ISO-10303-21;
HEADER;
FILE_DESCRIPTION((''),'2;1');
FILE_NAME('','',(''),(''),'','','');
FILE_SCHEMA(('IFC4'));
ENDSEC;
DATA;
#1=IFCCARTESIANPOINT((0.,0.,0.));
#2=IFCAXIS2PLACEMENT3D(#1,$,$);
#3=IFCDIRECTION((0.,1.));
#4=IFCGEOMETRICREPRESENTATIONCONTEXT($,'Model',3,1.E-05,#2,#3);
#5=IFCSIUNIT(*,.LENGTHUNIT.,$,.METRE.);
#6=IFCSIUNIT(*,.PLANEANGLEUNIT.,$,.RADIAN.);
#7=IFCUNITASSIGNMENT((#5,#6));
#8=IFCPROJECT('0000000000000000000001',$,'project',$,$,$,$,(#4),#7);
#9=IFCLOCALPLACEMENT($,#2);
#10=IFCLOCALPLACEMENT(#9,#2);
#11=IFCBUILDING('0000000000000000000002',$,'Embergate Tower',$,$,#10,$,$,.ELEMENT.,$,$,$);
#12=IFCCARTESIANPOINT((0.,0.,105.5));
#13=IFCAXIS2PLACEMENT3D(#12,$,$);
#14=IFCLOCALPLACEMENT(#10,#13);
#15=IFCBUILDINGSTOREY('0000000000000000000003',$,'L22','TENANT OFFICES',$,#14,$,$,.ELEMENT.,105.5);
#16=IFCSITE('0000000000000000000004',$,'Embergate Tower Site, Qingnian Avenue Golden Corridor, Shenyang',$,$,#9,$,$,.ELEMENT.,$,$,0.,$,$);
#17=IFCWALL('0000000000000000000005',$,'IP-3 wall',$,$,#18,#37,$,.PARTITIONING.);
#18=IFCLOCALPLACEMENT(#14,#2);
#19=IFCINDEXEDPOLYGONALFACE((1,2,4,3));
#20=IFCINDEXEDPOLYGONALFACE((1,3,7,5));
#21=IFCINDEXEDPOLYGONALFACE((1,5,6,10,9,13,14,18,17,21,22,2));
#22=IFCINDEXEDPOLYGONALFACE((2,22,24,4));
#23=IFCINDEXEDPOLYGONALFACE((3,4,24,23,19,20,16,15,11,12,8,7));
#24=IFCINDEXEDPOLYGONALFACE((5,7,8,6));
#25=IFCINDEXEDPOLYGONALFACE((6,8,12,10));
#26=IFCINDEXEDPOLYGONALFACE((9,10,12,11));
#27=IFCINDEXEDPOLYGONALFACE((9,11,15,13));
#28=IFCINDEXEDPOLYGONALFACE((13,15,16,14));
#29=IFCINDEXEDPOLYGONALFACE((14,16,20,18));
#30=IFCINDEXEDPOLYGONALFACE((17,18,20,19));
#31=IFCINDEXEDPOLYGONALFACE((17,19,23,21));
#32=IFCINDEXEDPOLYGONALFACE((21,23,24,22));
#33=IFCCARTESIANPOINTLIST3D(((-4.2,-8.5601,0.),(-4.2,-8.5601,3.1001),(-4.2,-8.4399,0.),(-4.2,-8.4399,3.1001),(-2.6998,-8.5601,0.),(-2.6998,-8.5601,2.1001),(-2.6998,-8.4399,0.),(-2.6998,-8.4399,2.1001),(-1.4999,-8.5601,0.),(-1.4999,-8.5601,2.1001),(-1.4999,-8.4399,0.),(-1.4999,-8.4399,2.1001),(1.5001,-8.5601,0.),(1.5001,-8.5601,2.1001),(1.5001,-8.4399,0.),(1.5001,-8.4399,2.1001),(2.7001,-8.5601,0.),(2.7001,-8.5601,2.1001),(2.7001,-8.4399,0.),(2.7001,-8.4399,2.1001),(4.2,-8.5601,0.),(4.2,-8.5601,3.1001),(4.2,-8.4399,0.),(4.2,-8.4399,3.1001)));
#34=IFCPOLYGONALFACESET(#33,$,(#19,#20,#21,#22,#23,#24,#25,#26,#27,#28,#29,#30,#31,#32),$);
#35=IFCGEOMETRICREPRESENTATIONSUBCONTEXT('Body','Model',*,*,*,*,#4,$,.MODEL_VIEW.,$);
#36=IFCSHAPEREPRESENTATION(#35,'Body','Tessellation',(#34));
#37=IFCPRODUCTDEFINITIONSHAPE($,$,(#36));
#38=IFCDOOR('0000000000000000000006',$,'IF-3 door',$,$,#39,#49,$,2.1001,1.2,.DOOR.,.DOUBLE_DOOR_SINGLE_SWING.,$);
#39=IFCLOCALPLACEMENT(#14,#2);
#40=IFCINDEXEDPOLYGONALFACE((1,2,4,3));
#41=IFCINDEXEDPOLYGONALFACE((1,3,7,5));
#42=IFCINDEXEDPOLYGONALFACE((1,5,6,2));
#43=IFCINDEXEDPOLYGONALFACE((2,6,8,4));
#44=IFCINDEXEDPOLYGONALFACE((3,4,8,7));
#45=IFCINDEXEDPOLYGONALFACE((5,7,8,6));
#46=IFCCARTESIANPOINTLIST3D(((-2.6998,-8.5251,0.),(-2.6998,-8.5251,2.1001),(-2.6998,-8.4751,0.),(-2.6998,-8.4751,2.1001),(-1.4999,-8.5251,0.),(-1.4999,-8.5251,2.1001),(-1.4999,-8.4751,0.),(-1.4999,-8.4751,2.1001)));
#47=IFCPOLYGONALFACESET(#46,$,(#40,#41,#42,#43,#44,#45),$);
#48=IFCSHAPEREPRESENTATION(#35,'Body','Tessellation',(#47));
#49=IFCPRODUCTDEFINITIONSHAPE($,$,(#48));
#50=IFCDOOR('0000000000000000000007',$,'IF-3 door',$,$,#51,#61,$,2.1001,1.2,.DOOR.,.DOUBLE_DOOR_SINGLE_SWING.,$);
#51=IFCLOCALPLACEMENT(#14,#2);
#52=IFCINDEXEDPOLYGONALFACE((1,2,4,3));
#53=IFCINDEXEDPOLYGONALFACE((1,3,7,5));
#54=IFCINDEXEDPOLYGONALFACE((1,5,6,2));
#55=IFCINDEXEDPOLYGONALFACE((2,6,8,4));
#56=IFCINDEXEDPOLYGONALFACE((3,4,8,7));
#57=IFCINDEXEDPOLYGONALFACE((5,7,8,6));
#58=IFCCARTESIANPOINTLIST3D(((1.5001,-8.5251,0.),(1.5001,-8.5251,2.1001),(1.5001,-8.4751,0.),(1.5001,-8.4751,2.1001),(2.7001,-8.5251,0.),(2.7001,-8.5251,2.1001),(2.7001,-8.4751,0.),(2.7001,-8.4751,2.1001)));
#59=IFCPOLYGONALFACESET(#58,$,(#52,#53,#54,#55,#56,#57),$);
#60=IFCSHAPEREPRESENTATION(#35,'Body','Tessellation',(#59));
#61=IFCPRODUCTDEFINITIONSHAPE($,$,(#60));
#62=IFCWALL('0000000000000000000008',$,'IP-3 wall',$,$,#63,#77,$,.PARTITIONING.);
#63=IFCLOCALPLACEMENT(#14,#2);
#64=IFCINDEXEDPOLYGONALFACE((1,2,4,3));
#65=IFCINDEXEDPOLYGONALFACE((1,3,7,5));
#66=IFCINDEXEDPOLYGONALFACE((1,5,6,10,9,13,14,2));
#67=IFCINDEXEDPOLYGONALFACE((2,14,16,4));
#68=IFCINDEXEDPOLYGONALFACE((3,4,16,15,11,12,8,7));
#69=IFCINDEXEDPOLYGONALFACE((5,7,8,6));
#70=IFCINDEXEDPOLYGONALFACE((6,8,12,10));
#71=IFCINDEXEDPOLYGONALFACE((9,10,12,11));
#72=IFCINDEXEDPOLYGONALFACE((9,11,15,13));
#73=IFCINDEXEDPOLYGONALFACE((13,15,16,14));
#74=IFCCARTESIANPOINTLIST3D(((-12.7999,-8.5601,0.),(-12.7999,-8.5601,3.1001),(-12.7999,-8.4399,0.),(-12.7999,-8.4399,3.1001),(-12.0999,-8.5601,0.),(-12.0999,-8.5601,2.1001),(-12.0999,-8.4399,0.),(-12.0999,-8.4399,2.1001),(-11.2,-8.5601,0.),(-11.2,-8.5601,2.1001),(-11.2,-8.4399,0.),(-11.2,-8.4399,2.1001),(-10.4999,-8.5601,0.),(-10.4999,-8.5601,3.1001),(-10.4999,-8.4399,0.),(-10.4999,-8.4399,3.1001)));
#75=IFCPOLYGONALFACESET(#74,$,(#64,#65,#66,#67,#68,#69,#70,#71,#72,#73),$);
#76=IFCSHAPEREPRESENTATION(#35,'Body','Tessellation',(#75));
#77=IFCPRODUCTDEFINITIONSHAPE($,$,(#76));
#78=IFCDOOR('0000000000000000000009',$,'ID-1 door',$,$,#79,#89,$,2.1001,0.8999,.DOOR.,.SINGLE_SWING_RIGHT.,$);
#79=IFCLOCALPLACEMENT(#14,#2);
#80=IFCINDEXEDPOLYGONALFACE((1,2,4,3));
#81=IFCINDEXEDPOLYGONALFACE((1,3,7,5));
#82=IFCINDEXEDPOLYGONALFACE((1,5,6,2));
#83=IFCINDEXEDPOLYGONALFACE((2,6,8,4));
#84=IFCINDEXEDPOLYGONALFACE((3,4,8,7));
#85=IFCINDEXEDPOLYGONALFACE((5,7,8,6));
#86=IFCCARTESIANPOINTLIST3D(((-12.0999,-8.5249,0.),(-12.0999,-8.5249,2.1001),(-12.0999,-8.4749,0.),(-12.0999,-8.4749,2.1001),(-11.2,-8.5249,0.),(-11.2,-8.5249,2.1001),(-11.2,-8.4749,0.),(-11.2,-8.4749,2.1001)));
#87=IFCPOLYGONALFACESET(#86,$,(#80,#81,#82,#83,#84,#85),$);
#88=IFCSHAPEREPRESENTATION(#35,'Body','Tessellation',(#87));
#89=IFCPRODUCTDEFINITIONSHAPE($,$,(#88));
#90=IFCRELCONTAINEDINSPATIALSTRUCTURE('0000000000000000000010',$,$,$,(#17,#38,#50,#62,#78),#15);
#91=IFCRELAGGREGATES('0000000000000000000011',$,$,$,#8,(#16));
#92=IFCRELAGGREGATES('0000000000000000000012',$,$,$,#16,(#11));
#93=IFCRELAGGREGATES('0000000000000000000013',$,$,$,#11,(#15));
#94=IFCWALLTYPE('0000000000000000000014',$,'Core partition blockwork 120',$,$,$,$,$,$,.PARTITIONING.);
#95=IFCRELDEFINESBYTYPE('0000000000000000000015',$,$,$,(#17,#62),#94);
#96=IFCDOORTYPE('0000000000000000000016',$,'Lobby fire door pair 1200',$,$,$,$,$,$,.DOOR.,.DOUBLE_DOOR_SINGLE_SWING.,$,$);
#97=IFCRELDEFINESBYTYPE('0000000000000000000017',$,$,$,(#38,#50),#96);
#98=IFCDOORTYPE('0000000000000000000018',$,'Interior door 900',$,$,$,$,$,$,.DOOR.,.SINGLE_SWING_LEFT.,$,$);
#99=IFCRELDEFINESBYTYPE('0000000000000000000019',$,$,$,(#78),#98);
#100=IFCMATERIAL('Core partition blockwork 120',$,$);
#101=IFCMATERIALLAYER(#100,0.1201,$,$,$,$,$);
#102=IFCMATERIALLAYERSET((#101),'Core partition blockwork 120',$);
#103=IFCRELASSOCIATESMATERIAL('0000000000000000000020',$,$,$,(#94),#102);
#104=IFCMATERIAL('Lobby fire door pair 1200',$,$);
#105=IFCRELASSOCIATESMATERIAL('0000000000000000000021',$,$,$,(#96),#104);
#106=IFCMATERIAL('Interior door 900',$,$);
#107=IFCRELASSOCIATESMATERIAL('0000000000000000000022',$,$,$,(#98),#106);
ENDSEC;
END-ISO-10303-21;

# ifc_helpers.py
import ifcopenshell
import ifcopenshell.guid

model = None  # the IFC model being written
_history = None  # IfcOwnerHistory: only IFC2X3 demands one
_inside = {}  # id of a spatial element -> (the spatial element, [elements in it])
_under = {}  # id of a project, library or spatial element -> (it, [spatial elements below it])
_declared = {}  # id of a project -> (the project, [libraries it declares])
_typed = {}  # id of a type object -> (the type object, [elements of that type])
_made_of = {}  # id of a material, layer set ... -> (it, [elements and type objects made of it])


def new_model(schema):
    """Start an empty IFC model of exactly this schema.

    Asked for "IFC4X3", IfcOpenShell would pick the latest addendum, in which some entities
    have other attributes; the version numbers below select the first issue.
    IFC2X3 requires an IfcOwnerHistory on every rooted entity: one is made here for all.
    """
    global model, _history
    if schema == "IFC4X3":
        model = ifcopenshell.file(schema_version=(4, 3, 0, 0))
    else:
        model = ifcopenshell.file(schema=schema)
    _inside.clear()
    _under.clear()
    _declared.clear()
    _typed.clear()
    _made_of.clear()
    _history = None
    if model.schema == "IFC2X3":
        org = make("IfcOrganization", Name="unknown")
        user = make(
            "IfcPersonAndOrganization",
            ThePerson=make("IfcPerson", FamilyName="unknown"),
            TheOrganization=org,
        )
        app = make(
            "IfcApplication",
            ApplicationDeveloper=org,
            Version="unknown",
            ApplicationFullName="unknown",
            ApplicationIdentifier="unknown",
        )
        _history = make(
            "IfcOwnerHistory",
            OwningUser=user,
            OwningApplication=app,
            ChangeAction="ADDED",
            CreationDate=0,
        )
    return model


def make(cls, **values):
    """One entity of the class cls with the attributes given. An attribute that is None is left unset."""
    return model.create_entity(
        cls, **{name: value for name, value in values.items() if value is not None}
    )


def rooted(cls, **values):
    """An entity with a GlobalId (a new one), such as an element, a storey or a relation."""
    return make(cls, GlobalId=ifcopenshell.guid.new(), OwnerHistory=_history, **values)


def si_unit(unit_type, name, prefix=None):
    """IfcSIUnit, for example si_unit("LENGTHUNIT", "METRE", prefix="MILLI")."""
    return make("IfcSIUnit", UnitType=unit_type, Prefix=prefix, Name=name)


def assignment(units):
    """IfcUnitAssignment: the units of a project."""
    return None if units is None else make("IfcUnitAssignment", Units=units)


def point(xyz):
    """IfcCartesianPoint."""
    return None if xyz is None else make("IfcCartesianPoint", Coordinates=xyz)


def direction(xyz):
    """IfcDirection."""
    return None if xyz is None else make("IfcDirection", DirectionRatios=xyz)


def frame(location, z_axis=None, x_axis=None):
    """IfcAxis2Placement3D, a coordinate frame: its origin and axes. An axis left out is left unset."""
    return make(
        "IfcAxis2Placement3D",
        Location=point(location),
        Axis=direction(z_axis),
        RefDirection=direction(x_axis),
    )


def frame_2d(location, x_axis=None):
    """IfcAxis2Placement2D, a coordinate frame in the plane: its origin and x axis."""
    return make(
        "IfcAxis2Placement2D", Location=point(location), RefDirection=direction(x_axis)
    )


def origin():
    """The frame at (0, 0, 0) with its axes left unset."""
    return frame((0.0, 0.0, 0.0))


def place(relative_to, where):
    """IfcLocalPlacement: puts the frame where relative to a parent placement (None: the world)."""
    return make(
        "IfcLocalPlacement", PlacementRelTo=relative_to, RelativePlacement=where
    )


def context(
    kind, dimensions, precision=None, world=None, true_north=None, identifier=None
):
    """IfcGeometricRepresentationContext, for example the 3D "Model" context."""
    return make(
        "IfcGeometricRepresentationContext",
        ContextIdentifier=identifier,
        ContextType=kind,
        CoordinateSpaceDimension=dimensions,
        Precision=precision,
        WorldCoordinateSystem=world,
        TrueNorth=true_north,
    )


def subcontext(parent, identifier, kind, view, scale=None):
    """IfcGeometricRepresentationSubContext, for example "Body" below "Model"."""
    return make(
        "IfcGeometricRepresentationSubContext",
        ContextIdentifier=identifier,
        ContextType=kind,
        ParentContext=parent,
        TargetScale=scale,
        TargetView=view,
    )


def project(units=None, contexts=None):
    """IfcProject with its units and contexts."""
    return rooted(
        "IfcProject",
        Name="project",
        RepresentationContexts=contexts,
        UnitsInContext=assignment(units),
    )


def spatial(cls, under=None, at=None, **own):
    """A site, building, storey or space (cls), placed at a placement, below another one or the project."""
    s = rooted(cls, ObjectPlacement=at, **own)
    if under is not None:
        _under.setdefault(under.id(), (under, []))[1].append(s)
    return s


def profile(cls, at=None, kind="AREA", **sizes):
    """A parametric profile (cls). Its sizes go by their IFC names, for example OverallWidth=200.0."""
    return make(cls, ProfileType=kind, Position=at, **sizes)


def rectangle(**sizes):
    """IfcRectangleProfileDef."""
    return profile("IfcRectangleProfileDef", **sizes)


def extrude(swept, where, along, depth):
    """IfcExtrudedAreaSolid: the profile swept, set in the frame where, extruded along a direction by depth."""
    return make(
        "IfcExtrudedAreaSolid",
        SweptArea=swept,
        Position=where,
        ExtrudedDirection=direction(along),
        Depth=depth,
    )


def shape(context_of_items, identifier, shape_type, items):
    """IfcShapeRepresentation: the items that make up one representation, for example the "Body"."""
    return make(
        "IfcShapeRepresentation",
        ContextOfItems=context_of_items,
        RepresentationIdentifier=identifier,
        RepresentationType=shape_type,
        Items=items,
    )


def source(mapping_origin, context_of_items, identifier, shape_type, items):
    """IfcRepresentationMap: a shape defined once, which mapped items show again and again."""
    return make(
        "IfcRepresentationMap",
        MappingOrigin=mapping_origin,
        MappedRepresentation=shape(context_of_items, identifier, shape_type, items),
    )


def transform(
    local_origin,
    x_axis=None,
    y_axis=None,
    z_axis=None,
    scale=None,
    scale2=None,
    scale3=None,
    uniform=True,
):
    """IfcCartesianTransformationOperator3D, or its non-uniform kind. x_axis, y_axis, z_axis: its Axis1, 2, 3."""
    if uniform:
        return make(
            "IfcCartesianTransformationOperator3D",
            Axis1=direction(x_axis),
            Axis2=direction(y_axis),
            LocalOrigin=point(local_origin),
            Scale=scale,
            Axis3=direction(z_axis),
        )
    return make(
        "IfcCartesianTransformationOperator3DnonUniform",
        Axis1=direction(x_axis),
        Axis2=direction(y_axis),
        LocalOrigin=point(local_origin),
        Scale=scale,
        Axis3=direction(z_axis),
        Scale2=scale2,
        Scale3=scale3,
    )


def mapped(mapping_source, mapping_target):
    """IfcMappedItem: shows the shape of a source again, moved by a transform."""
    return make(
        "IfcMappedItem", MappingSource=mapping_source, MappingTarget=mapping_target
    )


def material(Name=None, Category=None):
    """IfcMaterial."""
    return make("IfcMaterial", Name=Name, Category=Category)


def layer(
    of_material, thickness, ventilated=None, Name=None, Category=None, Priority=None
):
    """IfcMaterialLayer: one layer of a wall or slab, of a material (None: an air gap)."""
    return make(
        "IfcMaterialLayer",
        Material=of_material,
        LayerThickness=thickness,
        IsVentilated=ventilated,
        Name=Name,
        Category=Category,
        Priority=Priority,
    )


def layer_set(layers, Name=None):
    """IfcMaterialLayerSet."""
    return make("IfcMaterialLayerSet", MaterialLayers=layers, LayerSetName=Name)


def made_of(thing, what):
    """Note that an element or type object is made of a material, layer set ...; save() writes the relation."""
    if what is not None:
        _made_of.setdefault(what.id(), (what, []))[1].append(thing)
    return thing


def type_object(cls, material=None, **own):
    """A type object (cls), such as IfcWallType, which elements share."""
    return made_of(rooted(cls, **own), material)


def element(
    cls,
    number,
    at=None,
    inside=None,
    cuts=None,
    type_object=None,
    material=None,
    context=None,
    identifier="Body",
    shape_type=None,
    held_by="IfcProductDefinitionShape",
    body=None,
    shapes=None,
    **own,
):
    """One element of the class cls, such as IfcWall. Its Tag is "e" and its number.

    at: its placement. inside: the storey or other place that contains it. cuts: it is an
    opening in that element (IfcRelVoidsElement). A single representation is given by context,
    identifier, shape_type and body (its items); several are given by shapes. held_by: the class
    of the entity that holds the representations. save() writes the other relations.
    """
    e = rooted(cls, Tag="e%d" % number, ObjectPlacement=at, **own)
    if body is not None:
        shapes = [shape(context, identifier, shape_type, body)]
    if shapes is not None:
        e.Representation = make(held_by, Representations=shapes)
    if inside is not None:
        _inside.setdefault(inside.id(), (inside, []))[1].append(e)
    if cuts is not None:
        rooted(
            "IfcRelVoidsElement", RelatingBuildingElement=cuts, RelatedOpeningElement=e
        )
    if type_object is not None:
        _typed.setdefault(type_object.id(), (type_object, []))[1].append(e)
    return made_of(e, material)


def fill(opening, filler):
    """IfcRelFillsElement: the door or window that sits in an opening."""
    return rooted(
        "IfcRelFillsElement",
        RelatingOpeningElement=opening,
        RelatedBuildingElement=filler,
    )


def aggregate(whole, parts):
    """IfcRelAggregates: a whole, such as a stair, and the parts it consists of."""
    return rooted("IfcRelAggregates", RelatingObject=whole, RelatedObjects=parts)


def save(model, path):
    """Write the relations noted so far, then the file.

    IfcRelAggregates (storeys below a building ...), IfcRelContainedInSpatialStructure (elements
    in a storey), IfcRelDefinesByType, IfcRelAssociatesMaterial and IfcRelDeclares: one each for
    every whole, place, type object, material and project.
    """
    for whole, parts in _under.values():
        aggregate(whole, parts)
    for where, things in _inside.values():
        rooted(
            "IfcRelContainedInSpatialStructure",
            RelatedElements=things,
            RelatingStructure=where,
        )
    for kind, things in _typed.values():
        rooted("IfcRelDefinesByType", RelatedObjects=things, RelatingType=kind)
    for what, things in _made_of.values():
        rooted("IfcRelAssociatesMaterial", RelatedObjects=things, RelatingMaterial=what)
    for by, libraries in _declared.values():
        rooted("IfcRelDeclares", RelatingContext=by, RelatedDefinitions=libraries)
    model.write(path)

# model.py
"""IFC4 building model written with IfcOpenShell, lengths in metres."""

from ifc_helpers import new_model, si_unit, direction, frame, frame_2d, origin, place, context, subcontext, project, spatial, rectangle, extrude, source, transform, mapped, material, layer, layer_set, type_object, element, fill, save


model = new_model("IFC4")

# Units and contexts
model_context = context("Model", 3, precision=1e-05, world=origin(), true_north=direction((0.0, 1.0)))
body_context = subcontext(model_context, "Body", "Model", "MODEL_VIEW")
ifc_project = project(units=[si_unit("LENGTHUNIT", "METRE"), si_unit("PLANEANGLEUNIT", "RADIAN")], contexts=[model_context])

# Site, building, storey
site_placement = place(None, origin())
site = spatial("IfcSite", under=ifc_project, at=site_placement, Name="Embergate Tower Site, Qingnian Avenue Golden Corridor, Shenyang", CompositionType="ELEMENT", RefElevation=0.0)
building_placement = place(site_placement, origin())
building = spatial("IfcBuilding", under=site, at=building_placement, Name="Embergate Tower", CompositionType="ELEMENT")
storey_placement = place(building_placement, frame((0.0, 0.0, 105.5)))
storey = spatial("IfcBuildingStorey", under=building, at=storey_placement, Name="L22", Description="TENANT OFFICES", CompositionType="ELEMENT", Elevation=105.5)

# Shared definitions
shared_shape_1 = source(origin(), body_context, "Body", "SweptSolid", [
    extrude(rectangle(XDim=1.2, YDim=2.1001, at=frame_2d((0.6001, 1.05))), frame((0.0, 0.0249, 0.0), z_axis=(0.0, -1.0, 0.0), x_axis=(1.0, 0.0, 0.0)), (0.0, 0.0, 1.0), 0.05),
])

# Wall, openings, doors
ifc_material_1 = material(Name="Core partition blockwork 120")
ifc_layer_1 = layer(ifc_material_1, 0.1201)
ifc_layer_set_1 = layer_set([ifc_layer_1], Name="Core partition blockwork 120")
wall_type_1 = type_object("IfcWallType", Name="Core partition blockwork 120", PredefinedType="PARTITIONING", material=ifc_layer_set_1)
shared_shape_2 = source(origin(), body_context, "Body", "SweptSolid", [
    extrude(rectangle(XDim=8.3999, YDim=0.1201, at=frame_2d((4.2, 0.0))), origin(), (0.0, 0.0, 1.0), 3.1001),
])
wall_1_placement = place(storey_placement, frame((-4.2, -8.5, 0.0), z_axis=(0.0, 0.0, 1.0), x_axis=(1.0, 0.0, 0.0)))
wall_1 = element("IfcWall", 1, at=wall_1_placement, inside=storey, type_object=wall_type_1, Name="IP-3 wall", PredefinedType="PARTITIONING", context=body_context, shape_type="MappedRepresentation", body=[
    mapped(shared_shape_2, transform((0.0, 0.0, 0.0))),
])
shared_shape_3 = source(origin(), body_context, "Body", "SweptSolid", [
    extrude(rectangle(XDim=1.2, YDim=2.1001, at=frame_2d((0.6001, 1.05))), frame((0.0, 0.0701, 0.0), z_axis=(0.0, -1.0, 0.0), x_axis=(1.0, 0.0, 0.0)), (0.0, 0.0, 1.0), 0.1401),
])
opening_1_placement = place(wall_1_placement, frame((1.5, 0.0, 0.0)))
opening_1 = element("IfcOpeningElement", 2, at=opening_1_placement, cuts=wall_1, PredefinedType="OPENING", context=body_context, shape_type="MappedRepresentation", body=[
    mapped(shared_shape_3, transform((0.0, 0.0, 0.0))),
])
opening_2_placement = place(wall_1_placement, frame((5.7, 0.0, 0.0)))
opening_2 = element("IfcOpeningElement", 3, at=opening_2_placement, cuts=wall_1, PredefinedType="OPENING", context=body_context, shape_type="MappedRepresentation", body=[
    mapped(shared_shape_3, transform((0.0, 0.0, 0.0))),
])
ifc_material_2 = material(Name="Lobby fire door pair 1200")
door_type_1 = type_object("IfcDoorType", Name="Lobby fire door pair 1200", OperationType="DOUBLE_DOOR_SINGLE_SWING", PredefinedType="DOOR", material=ifc_material_2)
door_1_placement = place(opening_1_placement, origin())
door_1 = element("IfcDoor", 4, at=door_1_placement, inside=storey, type_object=door_type_1, Name="IF-3 door", OperationType="DOUBLE_DOOR_SINGLE_SWING", OverallHeight=2.1001, OverallWidth=1.2, PredefinedType="DOOR", context=body_context, shape_type="MappedRepresentation", body=[
    mapped(shared_shape_1, transform((0.0, 0.0, 0.0))),
])
fill(opening_1, door_1)
door_2_placement = place(opening_2_placement, origin())
door_2 = element("IfcDoor", 5, at=door_2_placement, inside=storey, type_object=door_type_1, Name="IF-3 door", OperationType="DOUBLE_DOOR_SINGLE_SWING", OverallHeight=2.1001, OverallWidth=1.2, PredefinedType="DOOR", context=body_context, shape_type="MappedRepresentation", body=[
    mapped(shared_shape_1, transform((0.0, 0.0, 0.0))),
])
fill(opening_2, door_2)

# Wall, opening, door
shared_shape_4 = source(origin(), body_context, "Body", "SweptSolid", [
    extrude(rectangle(XDim=2.3, YDim=0.1201, at=frame_2d((1.1499, 0.0))), origin(), (0.0, 0.0, 1.0), 3.1001),
])
wall_2_placement = place(storey_placement, frame((-10.5, -8.5, 0.0), z_axis=(0.0, 0.0, 1.0), x_axis=(-1.0, 0.0, 0.0)))
wall_2 = element("IfcWall", 6, at=wall_2_placement, inside=storey, type_object=wall_type_1, Name="IP-3 wall", PredefinedType="PARTITIONING", context=body_context, shape_type="MappedRepresentation", body=[
    mapped(shared_shape_4, transform((0.0, 0.0, 0.0))),
])
shared_shape_5 = source(origin(), body_context, "Body", "SweptSolid", [
    extrude(rectangle(XDim=0.8999, YDim=2.1001, at=frame_2d((0.45, 1.05))), frame((0.0, 0.0701, 0.0), z_axis=(0.0, -1.0, 0.0), x_axis=(1.0, 0.0, 0.0)), (0.0, 0.0, 1.0), 0.1401),
])
opening_3_placement = place(wall_2_placement, frame((0.7, 0.0, 0.0)))
opening_3 = element("IfcOpeningElement", 7, at=opening_3_placement, cuts=wall_2, PredefinedType="OPENING", context=body_context, shape_type="MappedRepresentation", body=[
    mapped(shared_shape_5, transform((0.0, 0.0, 0.0))),
])
ifc_material_3 = material(Name="Interior door 900")
door_type_2 = type_object("IfcDoorType", Name="Interior door 900", OperationType="SINGLE_SWING_LEFT", PredefinedType="DOOR", material=ifc_material_3)
shared_shape_6 = source(origin(), body_context, "Body", "SweptSolid", [
    extrude(rectangle(XDim=0.8999, YDim=2.1001, at=frame_2d((0.45, 1.05))), frame((0.0, 0.0249, 0.0), z_axis=(0.0, -1.0, 0.0), x_axis=(1.0, 0.0, 0.0)), (0.0, 0.0, 1.0), 0.05),
])
door_3_placement = place(opening_3_placement, origin())
door_3 = element("IfcDoor", 8, at=door_3_placement, inside=storey, type_object=door_type_2, Name="ID-1 door", OperationType="SINGLE_SWING_RIGHT", OverallHeight=2.1001, OverallWidth=0.8999, PredefinedType="DOOR", context=body_context, shape_type="MappedRepresentation", body=[
    mapped(shared_shape_6, transform((0.0, 0.0, 0.0))),
])
fill(opening_3, door_3)

save(model, "model.ifc")
